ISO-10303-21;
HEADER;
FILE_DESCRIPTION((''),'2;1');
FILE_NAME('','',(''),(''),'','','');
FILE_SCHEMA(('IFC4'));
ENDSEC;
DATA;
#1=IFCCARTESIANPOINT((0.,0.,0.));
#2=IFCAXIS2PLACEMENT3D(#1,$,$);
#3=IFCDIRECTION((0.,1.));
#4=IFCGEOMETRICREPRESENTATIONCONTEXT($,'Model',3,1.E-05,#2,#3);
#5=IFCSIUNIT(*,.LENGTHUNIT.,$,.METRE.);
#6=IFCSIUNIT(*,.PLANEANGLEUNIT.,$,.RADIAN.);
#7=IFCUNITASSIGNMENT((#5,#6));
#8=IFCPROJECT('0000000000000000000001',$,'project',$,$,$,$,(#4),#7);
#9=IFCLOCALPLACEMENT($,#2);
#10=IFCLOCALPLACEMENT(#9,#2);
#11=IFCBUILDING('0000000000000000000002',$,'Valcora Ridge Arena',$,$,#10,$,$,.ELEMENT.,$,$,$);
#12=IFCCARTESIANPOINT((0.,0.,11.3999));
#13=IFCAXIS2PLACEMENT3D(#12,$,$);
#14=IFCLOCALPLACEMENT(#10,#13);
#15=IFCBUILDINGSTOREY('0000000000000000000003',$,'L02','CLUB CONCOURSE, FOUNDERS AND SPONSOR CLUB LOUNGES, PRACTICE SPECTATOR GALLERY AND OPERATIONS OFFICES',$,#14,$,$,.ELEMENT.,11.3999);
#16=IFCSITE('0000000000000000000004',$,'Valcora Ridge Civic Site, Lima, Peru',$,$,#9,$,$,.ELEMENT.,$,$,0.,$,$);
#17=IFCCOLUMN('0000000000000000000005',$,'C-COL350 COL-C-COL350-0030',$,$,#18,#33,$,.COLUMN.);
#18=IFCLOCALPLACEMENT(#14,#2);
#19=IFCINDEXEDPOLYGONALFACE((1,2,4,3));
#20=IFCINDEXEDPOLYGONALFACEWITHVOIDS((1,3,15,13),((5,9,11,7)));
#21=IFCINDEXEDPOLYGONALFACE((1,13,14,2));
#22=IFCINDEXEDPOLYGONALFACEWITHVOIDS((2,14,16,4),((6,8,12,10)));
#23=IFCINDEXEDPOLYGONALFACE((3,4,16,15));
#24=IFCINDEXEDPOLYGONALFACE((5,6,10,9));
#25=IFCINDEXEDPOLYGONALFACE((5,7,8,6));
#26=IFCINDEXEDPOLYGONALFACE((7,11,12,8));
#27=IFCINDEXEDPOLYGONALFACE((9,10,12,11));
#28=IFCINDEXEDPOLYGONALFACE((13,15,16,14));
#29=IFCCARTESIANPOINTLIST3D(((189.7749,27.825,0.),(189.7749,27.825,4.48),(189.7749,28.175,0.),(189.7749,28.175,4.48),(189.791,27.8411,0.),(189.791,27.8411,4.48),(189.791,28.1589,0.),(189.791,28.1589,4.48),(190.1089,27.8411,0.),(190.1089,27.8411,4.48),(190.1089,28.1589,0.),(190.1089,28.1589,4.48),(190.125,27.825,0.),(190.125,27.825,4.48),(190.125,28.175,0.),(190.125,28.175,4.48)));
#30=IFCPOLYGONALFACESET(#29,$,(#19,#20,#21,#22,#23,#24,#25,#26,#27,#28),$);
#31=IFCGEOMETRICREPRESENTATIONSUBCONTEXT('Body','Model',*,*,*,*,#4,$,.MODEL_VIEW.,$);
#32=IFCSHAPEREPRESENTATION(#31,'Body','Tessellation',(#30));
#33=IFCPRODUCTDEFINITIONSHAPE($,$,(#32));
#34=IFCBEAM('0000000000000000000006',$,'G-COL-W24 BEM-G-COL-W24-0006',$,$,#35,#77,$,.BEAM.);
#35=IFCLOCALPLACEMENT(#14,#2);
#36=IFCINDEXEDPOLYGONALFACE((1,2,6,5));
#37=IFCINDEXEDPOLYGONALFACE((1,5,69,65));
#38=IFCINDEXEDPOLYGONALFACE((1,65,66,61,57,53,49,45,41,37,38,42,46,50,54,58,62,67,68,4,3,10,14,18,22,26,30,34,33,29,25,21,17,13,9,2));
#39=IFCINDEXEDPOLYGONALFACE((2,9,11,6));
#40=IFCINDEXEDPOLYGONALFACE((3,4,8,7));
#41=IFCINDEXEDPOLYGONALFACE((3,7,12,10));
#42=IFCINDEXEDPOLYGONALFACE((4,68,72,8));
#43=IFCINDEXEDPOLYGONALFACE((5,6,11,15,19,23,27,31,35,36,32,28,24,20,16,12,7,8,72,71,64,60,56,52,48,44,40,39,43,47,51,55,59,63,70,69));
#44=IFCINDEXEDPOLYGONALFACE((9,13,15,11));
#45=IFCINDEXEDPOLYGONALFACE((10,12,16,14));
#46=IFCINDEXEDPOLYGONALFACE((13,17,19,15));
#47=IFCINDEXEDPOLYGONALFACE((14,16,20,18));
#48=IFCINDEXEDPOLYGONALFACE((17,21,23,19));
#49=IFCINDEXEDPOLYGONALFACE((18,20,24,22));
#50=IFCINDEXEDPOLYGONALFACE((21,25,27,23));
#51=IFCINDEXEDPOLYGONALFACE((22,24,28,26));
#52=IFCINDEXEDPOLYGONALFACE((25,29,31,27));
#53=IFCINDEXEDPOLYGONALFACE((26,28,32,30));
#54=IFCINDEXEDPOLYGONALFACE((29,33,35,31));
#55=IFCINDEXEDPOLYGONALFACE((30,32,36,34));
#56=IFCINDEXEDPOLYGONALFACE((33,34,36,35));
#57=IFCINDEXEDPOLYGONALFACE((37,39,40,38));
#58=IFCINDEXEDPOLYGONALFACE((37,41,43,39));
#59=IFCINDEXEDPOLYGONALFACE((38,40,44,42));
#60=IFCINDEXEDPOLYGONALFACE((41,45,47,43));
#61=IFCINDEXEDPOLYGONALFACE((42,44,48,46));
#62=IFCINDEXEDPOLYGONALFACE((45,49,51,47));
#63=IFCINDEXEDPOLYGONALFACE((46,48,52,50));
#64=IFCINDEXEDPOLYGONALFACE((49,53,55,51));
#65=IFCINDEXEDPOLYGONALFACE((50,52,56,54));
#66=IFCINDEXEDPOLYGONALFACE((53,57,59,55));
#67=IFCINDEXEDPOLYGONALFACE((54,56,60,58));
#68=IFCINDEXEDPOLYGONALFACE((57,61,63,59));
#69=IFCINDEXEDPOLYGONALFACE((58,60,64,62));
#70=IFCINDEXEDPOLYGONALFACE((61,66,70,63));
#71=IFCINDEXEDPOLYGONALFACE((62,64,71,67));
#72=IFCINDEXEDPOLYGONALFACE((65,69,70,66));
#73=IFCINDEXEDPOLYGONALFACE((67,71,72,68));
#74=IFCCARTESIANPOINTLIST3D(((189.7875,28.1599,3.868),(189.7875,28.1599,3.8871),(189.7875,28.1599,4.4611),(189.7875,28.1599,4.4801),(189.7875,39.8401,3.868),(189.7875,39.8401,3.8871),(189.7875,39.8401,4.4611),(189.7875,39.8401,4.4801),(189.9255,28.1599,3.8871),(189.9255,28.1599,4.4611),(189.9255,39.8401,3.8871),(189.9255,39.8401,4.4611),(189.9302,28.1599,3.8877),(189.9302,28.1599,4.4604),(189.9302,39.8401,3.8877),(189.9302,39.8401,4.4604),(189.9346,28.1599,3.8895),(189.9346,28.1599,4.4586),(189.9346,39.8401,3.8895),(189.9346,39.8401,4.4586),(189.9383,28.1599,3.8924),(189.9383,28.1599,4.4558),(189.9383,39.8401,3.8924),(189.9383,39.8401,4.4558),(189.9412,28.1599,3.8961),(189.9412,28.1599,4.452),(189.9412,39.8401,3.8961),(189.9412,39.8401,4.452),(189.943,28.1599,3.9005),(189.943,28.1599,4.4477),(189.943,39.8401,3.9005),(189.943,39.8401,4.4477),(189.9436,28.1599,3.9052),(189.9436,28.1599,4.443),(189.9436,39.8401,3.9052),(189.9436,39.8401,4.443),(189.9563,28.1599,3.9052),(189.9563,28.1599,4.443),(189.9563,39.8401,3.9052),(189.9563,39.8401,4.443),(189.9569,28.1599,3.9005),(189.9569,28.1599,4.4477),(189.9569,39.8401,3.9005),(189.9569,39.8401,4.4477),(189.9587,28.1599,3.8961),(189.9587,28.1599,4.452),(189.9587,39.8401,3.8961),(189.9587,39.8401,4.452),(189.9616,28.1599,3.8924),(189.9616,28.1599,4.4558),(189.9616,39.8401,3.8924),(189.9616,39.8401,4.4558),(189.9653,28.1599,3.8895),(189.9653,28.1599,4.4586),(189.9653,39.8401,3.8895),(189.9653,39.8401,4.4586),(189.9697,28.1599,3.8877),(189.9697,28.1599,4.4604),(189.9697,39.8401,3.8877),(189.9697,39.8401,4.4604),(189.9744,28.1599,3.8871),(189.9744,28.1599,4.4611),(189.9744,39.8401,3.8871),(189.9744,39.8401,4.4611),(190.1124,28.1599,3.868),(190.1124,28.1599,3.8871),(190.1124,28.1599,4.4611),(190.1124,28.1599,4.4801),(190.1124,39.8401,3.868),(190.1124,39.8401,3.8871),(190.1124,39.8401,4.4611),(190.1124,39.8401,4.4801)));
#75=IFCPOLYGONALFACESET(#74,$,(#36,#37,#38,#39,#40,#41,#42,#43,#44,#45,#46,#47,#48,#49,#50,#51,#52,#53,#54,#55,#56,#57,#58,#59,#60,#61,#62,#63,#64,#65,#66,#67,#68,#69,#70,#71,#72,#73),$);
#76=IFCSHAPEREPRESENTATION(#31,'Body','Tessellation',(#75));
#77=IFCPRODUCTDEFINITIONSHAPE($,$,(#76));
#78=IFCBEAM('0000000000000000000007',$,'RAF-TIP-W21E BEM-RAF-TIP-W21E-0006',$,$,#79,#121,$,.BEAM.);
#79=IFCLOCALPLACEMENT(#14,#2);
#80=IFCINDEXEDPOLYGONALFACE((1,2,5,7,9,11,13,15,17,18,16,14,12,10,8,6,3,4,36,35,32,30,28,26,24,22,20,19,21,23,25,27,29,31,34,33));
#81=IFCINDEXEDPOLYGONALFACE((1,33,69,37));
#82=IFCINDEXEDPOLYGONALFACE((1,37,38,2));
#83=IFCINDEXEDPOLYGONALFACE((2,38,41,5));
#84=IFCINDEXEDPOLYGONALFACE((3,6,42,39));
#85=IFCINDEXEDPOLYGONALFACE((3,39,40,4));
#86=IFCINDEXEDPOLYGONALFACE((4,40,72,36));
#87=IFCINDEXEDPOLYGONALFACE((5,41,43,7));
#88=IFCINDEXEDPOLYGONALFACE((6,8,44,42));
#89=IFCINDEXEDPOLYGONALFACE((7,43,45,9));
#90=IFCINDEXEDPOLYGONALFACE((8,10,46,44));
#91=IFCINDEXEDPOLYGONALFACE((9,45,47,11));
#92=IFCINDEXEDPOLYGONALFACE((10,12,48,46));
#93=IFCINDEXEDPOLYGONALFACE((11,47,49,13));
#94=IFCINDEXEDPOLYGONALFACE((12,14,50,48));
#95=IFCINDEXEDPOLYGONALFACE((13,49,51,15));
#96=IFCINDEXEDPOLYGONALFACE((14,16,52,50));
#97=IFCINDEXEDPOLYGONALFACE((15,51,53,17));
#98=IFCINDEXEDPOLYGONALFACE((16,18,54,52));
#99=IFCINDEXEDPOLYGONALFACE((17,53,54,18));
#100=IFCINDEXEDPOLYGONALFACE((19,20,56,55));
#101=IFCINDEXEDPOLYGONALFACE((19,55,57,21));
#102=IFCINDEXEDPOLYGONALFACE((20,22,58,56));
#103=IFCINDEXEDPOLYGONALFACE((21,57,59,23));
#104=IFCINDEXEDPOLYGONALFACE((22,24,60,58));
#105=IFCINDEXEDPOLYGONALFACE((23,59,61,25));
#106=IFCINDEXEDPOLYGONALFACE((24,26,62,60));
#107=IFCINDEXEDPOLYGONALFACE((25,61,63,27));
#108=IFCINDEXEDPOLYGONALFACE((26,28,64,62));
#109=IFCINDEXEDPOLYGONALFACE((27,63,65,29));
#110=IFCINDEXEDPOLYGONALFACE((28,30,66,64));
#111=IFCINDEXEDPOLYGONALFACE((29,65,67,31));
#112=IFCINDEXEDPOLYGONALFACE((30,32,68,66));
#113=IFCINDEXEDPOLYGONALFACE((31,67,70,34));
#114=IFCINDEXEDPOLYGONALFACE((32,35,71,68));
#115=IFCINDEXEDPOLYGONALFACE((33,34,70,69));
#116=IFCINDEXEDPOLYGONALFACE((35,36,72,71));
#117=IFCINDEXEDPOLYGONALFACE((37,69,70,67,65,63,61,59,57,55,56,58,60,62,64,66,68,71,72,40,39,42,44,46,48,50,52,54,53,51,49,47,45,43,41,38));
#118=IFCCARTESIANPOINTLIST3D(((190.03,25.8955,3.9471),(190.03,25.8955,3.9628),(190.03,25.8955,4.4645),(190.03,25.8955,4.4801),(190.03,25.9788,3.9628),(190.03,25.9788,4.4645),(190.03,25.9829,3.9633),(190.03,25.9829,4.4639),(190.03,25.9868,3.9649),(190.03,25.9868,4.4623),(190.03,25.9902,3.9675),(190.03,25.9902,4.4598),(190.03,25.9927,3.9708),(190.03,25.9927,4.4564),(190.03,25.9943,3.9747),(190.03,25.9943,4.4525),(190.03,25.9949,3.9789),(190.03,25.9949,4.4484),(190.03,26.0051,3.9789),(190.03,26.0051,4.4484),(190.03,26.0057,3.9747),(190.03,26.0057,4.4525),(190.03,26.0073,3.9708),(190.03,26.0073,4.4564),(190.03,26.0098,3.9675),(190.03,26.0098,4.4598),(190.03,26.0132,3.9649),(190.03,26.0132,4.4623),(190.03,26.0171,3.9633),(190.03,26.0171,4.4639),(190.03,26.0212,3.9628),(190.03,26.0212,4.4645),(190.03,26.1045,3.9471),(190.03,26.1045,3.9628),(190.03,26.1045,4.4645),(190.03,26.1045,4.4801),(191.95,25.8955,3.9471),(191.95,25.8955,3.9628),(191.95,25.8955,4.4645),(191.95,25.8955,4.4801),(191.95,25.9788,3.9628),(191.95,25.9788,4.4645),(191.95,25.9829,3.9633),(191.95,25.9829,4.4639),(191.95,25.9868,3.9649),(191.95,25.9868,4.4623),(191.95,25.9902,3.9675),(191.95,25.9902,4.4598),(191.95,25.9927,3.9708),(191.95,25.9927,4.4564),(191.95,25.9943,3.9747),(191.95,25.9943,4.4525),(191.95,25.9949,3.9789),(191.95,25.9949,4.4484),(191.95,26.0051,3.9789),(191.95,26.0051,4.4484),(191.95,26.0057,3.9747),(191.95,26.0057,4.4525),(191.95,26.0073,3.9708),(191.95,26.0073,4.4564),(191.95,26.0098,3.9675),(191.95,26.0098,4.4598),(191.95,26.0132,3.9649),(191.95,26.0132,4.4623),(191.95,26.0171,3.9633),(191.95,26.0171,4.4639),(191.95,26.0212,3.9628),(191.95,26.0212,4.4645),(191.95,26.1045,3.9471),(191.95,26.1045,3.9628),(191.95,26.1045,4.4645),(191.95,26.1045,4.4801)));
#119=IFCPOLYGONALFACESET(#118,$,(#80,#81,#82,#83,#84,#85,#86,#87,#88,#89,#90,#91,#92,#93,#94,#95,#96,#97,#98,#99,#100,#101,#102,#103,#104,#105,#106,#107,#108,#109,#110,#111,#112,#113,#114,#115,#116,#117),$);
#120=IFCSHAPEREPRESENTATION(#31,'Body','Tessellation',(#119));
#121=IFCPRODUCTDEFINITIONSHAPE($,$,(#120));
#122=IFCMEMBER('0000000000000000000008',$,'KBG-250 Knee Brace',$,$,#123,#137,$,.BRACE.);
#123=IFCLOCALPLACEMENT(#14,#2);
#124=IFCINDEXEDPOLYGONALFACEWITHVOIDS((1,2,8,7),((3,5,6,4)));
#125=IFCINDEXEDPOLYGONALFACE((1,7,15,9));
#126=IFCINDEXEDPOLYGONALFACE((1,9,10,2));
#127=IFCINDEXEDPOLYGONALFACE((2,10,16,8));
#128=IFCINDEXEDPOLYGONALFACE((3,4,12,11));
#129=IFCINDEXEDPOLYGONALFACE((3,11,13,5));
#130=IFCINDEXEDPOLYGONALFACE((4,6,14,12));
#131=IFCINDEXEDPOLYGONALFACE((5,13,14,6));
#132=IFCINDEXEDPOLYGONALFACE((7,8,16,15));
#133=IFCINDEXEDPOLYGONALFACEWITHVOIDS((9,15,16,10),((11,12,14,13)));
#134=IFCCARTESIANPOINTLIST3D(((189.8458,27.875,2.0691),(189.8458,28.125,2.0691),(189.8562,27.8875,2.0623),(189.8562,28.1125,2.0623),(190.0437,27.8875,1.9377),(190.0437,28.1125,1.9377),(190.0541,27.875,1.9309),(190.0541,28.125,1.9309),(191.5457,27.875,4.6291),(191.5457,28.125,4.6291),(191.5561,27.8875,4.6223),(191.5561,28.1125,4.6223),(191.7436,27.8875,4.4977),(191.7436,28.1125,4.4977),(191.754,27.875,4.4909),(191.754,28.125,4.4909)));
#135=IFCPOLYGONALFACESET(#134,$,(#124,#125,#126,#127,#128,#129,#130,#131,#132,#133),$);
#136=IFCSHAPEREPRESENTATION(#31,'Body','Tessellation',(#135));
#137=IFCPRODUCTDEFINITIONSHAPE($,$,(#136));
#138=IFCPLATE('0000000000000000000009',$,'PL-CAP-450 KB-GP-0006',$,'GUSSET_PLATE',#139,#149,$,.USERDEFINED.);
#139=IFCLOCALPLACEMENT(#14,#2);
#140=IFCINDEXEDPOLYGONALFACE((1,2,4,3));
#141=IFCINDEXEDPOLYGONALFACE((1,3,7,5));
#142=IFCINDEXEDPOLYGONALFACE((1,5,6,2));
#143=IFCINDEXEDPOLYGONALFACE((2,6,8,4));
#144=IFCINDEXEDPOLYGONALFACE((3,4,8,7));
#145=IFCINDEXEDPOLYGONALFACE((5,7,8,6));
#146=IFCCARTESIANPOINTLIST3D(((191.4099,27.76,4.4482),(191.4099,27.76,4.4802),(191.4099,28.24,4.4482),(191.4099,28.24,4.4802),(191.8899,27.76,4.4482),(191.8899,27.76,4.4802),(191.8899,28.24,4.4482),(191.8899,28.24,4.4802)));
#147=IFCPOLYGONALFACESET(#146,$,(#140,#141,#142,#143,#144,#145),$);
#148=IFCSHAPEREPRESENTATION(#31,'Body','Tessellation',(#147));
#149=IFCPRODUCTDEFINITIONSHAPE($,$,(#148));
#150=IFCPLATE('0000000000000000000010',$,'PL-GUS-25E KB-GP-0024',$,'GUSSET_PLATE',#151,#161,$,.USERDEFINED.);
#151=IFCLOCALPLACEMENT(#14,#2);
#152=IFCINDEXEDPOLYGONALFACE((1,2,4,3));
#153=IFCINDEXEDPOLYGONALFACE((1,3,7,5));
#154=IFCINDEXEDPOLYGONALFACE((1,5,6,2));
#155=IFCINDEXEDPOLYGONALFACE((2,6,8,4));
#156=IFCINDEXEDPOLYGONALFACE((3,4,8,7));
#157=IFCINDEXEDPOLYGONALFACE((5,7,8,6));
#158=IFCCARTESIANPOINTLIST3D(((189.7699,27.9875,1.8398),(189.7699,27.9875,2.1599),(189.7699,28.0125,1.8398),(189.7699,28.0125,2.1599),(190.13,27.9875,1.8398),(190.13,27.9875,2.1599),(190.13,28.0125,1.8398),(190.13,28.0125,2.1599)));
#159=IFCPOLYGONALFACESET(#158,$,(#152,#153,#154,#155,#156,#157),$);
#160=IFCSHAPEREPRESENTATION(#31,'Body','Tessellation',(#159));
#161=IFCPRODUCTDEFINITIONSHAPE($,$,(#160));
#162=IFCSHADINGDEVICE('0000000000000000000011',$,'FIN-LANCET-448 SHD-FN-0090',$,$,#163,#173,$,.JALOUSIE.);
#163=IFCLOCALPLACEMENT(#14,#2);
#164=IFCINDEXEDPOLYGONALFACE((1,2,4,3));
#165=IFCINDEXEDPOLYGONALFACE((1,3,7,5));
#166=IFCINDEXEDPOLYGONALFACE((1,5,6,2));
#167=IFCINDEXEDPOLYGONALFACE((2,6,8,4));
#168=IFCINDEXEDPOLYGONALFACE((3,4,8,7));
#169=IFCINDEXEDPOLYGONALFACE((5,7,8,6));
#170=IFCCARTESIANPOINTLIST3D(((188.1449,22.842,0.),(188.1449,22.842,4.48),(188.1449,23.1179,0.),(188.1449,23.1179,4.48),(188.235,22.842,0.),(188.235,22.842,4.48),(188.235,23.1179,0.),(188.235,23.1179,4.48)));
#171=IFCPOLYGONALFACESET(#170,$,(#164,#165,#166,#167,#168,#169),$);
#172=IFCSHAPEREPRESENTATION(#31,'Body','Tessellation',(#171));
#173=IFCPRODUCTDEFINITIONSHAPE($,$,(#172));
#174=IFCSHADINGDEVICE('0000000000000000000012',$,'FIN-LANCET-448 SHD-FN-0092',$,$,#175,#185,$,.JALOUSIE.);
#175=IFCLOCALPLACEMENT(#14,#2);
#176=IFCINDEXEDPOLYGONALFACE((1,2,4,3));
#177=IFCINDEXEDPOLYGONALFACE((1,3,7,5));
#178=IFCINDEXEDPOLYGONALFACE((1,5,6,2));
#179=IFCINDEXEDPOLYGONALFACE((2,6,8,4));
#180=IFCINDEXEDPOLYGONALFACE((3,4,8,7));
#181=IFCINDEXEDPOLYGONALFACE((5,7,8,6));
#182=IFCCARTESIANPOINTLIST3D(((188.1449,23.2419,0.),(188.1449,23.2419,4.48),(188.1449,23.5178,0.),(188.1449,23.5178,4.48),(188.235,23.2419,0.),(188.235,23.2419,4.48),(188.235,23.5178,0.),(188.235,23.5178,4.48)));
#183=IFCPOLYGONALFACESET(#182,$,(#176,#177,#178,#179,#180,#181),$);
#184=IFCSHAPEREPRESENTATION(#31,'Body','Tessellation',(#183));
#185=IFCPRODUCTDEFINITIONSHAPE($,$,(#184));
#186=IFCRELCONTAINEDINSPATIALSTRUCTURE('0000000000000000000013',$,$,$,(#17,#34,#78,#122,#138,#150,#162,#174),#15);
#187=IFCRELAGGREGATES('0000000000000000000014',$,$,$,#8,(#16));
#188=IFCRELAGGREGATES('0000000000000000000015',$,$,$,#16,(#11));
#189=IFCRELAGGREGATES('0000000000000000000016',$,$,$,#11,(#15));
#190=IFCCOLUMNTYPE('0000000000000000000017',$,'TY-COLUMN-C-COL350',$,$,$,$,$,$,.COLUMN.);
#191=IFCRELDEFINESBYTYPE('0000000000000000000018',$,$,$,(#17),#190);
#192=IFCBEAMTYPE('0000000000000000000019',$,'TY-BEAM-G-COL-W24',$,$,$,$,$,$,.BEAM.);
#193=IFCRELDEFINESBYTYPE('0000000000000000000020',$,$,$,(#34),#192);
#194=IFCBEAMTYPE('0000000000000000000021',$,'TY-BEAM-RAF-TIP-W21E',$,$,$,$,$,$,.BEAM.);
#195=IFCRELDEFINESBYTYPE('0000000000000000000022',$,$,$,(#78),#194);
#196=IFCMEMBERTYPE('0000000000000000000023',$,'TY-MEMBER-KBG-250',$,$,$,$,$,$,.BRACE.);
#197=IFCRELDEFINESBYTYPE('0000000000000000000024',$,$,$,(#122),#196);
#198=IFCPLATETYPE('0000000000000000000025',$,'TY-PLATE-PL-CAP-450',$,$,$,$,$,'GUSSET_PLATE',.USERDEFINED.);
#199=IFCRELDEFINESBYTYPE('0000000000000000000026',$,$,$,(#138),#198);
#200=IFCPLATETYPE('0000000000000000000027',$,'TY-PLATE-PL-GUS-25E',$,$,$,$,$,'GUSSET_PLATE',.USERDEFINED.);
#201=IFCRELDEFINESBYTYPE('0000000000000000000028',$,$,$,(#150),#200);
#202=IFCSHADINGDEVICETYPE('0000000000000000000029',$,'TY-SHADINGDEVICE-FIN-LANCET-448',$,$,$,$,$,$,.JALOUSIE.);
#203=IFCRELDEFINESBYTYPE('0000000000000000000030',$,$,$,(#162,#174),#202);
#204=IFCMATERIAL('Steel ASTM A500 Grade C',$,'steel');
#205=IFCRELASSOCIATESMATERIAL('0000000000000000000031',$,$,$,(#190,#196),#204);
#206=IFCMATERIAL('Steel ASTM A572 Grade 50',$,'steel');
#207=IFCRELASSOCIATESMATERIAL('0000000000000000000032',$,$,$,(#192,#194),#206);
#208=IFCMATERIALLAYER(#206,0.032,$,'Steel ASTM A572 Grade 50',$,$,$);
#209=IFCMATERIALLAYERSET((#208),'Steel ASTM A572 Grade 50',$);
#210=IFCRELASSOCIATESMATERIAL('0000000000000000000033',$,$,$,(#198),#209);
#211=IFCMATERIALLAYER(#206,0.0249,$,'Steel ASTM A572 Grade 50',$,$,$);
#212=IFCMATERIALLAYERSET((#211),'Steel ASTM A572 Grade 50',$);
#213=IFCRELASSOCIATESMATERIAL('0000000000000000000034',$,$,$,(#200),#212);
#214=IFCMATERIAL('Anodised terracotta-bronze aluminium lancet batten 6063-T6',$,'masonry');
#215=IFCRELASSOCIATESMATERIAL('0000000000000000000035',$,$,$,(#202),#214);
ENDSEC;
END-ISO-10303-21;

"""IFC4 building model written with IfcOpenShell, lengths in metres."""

from ifc_helpers import new_model, si_unit, direction, frame, origin, origin_2d, place, context, subcontext, project, spatial, rectangle, hollow_rectangle, i_section, extrude, material, layer, layer_set, material_profile, profile_set, type_object, element, save


model = new_model("IFC4")

# Units and contexts
model_context = context("Model", 3, precision=1e-05, world=origin(), true_north=direction((0.0, 1.0)))
body_context = subcontext(model_context, "Body", "Model", "MODEL_VIEW")
ifc_project = project(units=[si_unit("LENGTHUNIT", "METRE"), si_unit("PLANEANGLEUNIT", "RADIAN")], contexts=[model_context])

# Site, building, storey
site_placement = place(None, origin())
site = spatial("IfcSite", under=ifc_project, at=site_placement, Name="Valcora Ridge Civic Site, Lima, Peru", CompositionType="ELEMENT", RefElevation=0.0)
building_placement = place(site_placement, origin())
building = spatial("IfcBuilding", under=site, at=building_placement, Name="Valcora Ridge Arena", CompositionType="ELEMENT")
storey_placement = place(building_placement, frame((0.0, 0.0, 11.3999)))
storey = spatial("IfcBuildingStorey", under=building, at=storey_placement, Name="L02", Description="CLUB CONCOURSE, FOUNDERS AND SPONSOR CLUB LOUNGES, PRACTICE SPECTATOR GALLERY AND OPERATIONS OFFICES", CompositionType="ELEMENT", Elevation=11.3999)

# Column
ifc_material_1 = material(Name="Steel ASTM A500 Grade C", Category="steel")
ifc_material_profile_1 = material_profile(ifc_material_1, hollow_rectangle(XDim=0.3501, YDim=0.3501, WallThickness=0.0161, at=origin_2d()), Name="HSS350X350X16")
ifc_profile_set_1 = profile_set([ifc_material_profile_1], Name="Steel ASTM A500 Grade C")
column_type = type_object("IfcColumnType", Name="TY-COLUMN-C-COL350", PredefinedType="COLUMN", material=ifc_profile_set_1)
column_placement = place(storey_placement, frame((189.95, 28.0, 0.0), z_axis=(0.0, 0.0, 1.0), x_axis=(1.0, 0.0, 0.0)))
element("IfcColumn", 1, at=column_placement, inside=storey, type_object=column_type, Name="C-COL350 COL-C-COL350-0030", PredefinedType="COLUMN", context=body_context, shape_type="SweptSolid", body=[
    extrude(hollow_rectangle(XDim=0.3501, YDim=0.3501, WallThickness=0.0161, at=origin_2d()), origin(), (0.0, 0.0, 1.0), 4.48),
])

# Beams
ifc_material_2 = material(Name="Steel ASTM A572 Grade 50", Category="steel")
ifc_material_profile_2 = material_profile(ifc_material_2, i_section(OverallWidth=0.325, OverallDepth=0.6121, WebThickness=0.0127, FlangeThickness=0.019, FilletRadius=0.0181, at=origin_2d()), Name="W24X104")
ifc_profile_set_2 = profile_set([ifc_material_profile_2], Name="Steel ASTM A572 Grade 50")
beam_type_1 = type_object("IfcBeamType", Name="TY-BEAM-G-COL-W24", PredefinedType="BEAM", material=ifc_profile_set_2)
beam_1_placement = place(storey_placement, frame((189.95, 28.1599, 4.1741), z_axis=(0.0, 1.0, 0.0), x_axis=(-1.0, 0.0, 0.0)))
element("IfcBeam", 2, at=beam_1_placement, inside=storey, type_object=beam_type_1, Name="G-COL-W24 BEM-G-COL-W24-0006", PredefinedType="BEAM", context=body_context, shape_type="SweptSolid", body=[
    extrude(i_section(OverallWidth=0.325, OverallDepth=0.6121, WebThickness=0.0127, FlangeThickness=0.019, FilletRadius=0.0181, at=origin_2d()), origin(), (0.0, 0.0, 1.0), 11.6802),
])
ifc_material_profile_3 = material_profile(ifc_material_2, i_section(OverallWidth=0.209, OverallDepth=0.533, WebThickness=0.0103, FlangeThickness=0.0156, FilletRadius=0.0161, at=origin_2d()), Name="W21X62")
ifc_profile_set_3 = profile_set([ifc_material_profile_3], Name="Steel ASTM A572 Grade 50")
beam_type_2 = type_object("IfcBeamType", Name="TY-BEAM-RAF-TIP-W21E", PredefinedType="BEAM", material=ifc_profile_set_3)
beam_2_placement = place(storey_placement, frame((190.03, 26.0, 4.2136), z_axis=(1.0, 0.0, 0.0), x_axis=(0.0, 1.0, 0.0)))
element("IfcBeam", 3, at=beam_2_placement, inside=storey, type_object=beam_type_2, Name="RAF-TIP-W21E BEM-RAF-TIP-W21E-0006", PredefinedType="BEAM", context=body_context, shape_type="SweptSolid", body=[
    extrude(i_section(OverallWidth=0.209, OverallDepth=0.533, WebThickness=0.0103, FlangeThickness=0.0156, FilletRadius=0.0161, at=origin_2d()), origin(), (0.0, 0.0, 1.0), 1.9199),
])

# Member
ifc_material_profile_4 = material_profile(ifc_material_1, hollow_rectangle(XDim=0.25, YDim=0.25, WallThickness=0.0125, at=origin_2d()), Name="HSS250X250X12")
ifc_profile_set_4 = profile_set([ifc_material_profile_4], Name="Steel ASTM A500 Grade C")
member_type = type_object("IfcMemberType", Name="TY-MEMBER-KBG-250", PredefinedType="BRACE", material=ifc_profile_set_4)
member_placement = place(storey_placement, frame((189.95, 28.0, 2.0), z_axis=(0.553178, 0.0, 0.833063), x_axis=(0.0, 1.0, 0.0)))
element("IfcMember", 4, at=member_placement, inside=storey, type_object=member_type, Name="KBG-250 Knee Brace", PredefinedType="BRACE", context=body_context, shape_type="SweptSolid", body=[
    extrude(hollow_rectangle(XDim=0.25, YDim=0.25, WallThickness=0.0125, at=origin_2d()), origin(), (0.0, 0.0, 1.0), 3.073),
])

# Plates
ifc_layer_1 = layer(ifc_material_2, 0.032, Name="Steel ASTM A572 Grade 50")
ifc_layer_set_1 = layer_set([ifc_layer_1], Name="Steel ASTM A572 Grade 50")
plate_type_1 = type_object("IfcPlateType", Name="TY-PLATE-PL-CAP-450", ElementType="GUSSET_PLATE", PredefinedType="USERDEFINED", material=ifc_layer_set_1)
plate_1_placement = place(storey_placement, frame((191.6499, 28.0, 4.4482), z_axis=(0.0, 0.0, 1.0), x_axis=(1.0, 0.0, 0.0)))
element("IfcPlate", 5, at=plate_1_placement, inside=storey, type_object=plate_type_1, Name="PL-CAP-450 KB-GP-0006", ObjectType="GUSSET_PLATE", PredefinedType="USERDEFINED", context=body_context, shape_type="SweptSolid", body=[
    extrude(rectangle(XDim=0.48, YDim=0.48, at=origin_2d()), origin(), (0.0, 0.0, 1.0), 0.032),
])
ifc_layer_2 = layer(ifc_material_2, 0.0249, Name="Steel ASTM A572 Grade 50")
ifc_layer_set_2 = layer_set([ifc_layer_2], Name="Steel ASTM A572 Grade 50")
plate_type_2 = type_object("IfcPlateType", Name="TY-PLATE-PL-GUS-25E", ElementType="GUSSET_PLATE", PredefinedType="USERDEFINED", material=ifc_layer_set_2)
plate_2_placement = place(storey_placement, frame((189.95, 28.0, 1.8398), z_axis=(0.0, 0.0, 1.0), x_axis=(1.0, 0.0, 0.0)))
element("IfcPlate", 6, at=plate_2_placement, inside=storey, type_object=plate_type_2, Name="PL-GUS-25E KB-GP-0024", ObjectType="GUSSET_PLATE", PredefinedType="USERDEFINED", context=body_context, shape_type="SweptSolid", body=[
    extrude(rectangle(XDim=0.3601, YDim=0.0249, at=origin_2d()), origin(), (0.0, 0.0, 1.0), 0.3201),
])

# Shading devices
ifc_material_3 = material(Name="Anodised terracotta-bronze aluminium lancet batten 6063-T6", Category="masonry")
ifc_material_profile_5 = material_profile(ifc_material_3, rectangle(XDim=0.0901, YDim=0.2759, at=origin_2d()), Name="ALU LANCET BATTEN 90x276")
ifc_profile_set_5 = profile_set([ifc_material_profile_5], Name="Anodised terracotta-bronze aluminium lancet batten 6063-T6")
shading_device_type = type_object("IfcShadingDeviceType", Name="TY-SHADINGDEVICE-FIN-LANCET-448", PredefinedType="JALOUSIE", material=ifc_profile_set_5)
for number, where, z_axis, x_axis, name in (
    (7, (188.1899, 22.98, 0.0), (0.0, 0.0, 1.0), (1.0, 0.0, 0.0), "FIN-LANCET-448 SHD-FN-0090"),
    (8, (188.1899, 23.3799, 0.0), (0.0, 0.0, 1.0), (1.0, 0.0, 0.0), "FIN-LANCET-448 SHD-FN-0092"),
):
    element("IfcShadingDevice", number, at=place(storey_placement, frame(where, z_axis=z_axis, x_axis=x_axis)), inside=storey, type_object=shading_device_type, Name=name, PredefinedType="JALOUSIE", context=body_context, shape_type="SweptSolid", body=[
        extrude(rectangle(XDim=0.0901, YDim=0.2759, at=origin_2d()), origin(), (0.0, 0.0, 1.0), 4.48),
    ])

save(model, "model.ifc")
